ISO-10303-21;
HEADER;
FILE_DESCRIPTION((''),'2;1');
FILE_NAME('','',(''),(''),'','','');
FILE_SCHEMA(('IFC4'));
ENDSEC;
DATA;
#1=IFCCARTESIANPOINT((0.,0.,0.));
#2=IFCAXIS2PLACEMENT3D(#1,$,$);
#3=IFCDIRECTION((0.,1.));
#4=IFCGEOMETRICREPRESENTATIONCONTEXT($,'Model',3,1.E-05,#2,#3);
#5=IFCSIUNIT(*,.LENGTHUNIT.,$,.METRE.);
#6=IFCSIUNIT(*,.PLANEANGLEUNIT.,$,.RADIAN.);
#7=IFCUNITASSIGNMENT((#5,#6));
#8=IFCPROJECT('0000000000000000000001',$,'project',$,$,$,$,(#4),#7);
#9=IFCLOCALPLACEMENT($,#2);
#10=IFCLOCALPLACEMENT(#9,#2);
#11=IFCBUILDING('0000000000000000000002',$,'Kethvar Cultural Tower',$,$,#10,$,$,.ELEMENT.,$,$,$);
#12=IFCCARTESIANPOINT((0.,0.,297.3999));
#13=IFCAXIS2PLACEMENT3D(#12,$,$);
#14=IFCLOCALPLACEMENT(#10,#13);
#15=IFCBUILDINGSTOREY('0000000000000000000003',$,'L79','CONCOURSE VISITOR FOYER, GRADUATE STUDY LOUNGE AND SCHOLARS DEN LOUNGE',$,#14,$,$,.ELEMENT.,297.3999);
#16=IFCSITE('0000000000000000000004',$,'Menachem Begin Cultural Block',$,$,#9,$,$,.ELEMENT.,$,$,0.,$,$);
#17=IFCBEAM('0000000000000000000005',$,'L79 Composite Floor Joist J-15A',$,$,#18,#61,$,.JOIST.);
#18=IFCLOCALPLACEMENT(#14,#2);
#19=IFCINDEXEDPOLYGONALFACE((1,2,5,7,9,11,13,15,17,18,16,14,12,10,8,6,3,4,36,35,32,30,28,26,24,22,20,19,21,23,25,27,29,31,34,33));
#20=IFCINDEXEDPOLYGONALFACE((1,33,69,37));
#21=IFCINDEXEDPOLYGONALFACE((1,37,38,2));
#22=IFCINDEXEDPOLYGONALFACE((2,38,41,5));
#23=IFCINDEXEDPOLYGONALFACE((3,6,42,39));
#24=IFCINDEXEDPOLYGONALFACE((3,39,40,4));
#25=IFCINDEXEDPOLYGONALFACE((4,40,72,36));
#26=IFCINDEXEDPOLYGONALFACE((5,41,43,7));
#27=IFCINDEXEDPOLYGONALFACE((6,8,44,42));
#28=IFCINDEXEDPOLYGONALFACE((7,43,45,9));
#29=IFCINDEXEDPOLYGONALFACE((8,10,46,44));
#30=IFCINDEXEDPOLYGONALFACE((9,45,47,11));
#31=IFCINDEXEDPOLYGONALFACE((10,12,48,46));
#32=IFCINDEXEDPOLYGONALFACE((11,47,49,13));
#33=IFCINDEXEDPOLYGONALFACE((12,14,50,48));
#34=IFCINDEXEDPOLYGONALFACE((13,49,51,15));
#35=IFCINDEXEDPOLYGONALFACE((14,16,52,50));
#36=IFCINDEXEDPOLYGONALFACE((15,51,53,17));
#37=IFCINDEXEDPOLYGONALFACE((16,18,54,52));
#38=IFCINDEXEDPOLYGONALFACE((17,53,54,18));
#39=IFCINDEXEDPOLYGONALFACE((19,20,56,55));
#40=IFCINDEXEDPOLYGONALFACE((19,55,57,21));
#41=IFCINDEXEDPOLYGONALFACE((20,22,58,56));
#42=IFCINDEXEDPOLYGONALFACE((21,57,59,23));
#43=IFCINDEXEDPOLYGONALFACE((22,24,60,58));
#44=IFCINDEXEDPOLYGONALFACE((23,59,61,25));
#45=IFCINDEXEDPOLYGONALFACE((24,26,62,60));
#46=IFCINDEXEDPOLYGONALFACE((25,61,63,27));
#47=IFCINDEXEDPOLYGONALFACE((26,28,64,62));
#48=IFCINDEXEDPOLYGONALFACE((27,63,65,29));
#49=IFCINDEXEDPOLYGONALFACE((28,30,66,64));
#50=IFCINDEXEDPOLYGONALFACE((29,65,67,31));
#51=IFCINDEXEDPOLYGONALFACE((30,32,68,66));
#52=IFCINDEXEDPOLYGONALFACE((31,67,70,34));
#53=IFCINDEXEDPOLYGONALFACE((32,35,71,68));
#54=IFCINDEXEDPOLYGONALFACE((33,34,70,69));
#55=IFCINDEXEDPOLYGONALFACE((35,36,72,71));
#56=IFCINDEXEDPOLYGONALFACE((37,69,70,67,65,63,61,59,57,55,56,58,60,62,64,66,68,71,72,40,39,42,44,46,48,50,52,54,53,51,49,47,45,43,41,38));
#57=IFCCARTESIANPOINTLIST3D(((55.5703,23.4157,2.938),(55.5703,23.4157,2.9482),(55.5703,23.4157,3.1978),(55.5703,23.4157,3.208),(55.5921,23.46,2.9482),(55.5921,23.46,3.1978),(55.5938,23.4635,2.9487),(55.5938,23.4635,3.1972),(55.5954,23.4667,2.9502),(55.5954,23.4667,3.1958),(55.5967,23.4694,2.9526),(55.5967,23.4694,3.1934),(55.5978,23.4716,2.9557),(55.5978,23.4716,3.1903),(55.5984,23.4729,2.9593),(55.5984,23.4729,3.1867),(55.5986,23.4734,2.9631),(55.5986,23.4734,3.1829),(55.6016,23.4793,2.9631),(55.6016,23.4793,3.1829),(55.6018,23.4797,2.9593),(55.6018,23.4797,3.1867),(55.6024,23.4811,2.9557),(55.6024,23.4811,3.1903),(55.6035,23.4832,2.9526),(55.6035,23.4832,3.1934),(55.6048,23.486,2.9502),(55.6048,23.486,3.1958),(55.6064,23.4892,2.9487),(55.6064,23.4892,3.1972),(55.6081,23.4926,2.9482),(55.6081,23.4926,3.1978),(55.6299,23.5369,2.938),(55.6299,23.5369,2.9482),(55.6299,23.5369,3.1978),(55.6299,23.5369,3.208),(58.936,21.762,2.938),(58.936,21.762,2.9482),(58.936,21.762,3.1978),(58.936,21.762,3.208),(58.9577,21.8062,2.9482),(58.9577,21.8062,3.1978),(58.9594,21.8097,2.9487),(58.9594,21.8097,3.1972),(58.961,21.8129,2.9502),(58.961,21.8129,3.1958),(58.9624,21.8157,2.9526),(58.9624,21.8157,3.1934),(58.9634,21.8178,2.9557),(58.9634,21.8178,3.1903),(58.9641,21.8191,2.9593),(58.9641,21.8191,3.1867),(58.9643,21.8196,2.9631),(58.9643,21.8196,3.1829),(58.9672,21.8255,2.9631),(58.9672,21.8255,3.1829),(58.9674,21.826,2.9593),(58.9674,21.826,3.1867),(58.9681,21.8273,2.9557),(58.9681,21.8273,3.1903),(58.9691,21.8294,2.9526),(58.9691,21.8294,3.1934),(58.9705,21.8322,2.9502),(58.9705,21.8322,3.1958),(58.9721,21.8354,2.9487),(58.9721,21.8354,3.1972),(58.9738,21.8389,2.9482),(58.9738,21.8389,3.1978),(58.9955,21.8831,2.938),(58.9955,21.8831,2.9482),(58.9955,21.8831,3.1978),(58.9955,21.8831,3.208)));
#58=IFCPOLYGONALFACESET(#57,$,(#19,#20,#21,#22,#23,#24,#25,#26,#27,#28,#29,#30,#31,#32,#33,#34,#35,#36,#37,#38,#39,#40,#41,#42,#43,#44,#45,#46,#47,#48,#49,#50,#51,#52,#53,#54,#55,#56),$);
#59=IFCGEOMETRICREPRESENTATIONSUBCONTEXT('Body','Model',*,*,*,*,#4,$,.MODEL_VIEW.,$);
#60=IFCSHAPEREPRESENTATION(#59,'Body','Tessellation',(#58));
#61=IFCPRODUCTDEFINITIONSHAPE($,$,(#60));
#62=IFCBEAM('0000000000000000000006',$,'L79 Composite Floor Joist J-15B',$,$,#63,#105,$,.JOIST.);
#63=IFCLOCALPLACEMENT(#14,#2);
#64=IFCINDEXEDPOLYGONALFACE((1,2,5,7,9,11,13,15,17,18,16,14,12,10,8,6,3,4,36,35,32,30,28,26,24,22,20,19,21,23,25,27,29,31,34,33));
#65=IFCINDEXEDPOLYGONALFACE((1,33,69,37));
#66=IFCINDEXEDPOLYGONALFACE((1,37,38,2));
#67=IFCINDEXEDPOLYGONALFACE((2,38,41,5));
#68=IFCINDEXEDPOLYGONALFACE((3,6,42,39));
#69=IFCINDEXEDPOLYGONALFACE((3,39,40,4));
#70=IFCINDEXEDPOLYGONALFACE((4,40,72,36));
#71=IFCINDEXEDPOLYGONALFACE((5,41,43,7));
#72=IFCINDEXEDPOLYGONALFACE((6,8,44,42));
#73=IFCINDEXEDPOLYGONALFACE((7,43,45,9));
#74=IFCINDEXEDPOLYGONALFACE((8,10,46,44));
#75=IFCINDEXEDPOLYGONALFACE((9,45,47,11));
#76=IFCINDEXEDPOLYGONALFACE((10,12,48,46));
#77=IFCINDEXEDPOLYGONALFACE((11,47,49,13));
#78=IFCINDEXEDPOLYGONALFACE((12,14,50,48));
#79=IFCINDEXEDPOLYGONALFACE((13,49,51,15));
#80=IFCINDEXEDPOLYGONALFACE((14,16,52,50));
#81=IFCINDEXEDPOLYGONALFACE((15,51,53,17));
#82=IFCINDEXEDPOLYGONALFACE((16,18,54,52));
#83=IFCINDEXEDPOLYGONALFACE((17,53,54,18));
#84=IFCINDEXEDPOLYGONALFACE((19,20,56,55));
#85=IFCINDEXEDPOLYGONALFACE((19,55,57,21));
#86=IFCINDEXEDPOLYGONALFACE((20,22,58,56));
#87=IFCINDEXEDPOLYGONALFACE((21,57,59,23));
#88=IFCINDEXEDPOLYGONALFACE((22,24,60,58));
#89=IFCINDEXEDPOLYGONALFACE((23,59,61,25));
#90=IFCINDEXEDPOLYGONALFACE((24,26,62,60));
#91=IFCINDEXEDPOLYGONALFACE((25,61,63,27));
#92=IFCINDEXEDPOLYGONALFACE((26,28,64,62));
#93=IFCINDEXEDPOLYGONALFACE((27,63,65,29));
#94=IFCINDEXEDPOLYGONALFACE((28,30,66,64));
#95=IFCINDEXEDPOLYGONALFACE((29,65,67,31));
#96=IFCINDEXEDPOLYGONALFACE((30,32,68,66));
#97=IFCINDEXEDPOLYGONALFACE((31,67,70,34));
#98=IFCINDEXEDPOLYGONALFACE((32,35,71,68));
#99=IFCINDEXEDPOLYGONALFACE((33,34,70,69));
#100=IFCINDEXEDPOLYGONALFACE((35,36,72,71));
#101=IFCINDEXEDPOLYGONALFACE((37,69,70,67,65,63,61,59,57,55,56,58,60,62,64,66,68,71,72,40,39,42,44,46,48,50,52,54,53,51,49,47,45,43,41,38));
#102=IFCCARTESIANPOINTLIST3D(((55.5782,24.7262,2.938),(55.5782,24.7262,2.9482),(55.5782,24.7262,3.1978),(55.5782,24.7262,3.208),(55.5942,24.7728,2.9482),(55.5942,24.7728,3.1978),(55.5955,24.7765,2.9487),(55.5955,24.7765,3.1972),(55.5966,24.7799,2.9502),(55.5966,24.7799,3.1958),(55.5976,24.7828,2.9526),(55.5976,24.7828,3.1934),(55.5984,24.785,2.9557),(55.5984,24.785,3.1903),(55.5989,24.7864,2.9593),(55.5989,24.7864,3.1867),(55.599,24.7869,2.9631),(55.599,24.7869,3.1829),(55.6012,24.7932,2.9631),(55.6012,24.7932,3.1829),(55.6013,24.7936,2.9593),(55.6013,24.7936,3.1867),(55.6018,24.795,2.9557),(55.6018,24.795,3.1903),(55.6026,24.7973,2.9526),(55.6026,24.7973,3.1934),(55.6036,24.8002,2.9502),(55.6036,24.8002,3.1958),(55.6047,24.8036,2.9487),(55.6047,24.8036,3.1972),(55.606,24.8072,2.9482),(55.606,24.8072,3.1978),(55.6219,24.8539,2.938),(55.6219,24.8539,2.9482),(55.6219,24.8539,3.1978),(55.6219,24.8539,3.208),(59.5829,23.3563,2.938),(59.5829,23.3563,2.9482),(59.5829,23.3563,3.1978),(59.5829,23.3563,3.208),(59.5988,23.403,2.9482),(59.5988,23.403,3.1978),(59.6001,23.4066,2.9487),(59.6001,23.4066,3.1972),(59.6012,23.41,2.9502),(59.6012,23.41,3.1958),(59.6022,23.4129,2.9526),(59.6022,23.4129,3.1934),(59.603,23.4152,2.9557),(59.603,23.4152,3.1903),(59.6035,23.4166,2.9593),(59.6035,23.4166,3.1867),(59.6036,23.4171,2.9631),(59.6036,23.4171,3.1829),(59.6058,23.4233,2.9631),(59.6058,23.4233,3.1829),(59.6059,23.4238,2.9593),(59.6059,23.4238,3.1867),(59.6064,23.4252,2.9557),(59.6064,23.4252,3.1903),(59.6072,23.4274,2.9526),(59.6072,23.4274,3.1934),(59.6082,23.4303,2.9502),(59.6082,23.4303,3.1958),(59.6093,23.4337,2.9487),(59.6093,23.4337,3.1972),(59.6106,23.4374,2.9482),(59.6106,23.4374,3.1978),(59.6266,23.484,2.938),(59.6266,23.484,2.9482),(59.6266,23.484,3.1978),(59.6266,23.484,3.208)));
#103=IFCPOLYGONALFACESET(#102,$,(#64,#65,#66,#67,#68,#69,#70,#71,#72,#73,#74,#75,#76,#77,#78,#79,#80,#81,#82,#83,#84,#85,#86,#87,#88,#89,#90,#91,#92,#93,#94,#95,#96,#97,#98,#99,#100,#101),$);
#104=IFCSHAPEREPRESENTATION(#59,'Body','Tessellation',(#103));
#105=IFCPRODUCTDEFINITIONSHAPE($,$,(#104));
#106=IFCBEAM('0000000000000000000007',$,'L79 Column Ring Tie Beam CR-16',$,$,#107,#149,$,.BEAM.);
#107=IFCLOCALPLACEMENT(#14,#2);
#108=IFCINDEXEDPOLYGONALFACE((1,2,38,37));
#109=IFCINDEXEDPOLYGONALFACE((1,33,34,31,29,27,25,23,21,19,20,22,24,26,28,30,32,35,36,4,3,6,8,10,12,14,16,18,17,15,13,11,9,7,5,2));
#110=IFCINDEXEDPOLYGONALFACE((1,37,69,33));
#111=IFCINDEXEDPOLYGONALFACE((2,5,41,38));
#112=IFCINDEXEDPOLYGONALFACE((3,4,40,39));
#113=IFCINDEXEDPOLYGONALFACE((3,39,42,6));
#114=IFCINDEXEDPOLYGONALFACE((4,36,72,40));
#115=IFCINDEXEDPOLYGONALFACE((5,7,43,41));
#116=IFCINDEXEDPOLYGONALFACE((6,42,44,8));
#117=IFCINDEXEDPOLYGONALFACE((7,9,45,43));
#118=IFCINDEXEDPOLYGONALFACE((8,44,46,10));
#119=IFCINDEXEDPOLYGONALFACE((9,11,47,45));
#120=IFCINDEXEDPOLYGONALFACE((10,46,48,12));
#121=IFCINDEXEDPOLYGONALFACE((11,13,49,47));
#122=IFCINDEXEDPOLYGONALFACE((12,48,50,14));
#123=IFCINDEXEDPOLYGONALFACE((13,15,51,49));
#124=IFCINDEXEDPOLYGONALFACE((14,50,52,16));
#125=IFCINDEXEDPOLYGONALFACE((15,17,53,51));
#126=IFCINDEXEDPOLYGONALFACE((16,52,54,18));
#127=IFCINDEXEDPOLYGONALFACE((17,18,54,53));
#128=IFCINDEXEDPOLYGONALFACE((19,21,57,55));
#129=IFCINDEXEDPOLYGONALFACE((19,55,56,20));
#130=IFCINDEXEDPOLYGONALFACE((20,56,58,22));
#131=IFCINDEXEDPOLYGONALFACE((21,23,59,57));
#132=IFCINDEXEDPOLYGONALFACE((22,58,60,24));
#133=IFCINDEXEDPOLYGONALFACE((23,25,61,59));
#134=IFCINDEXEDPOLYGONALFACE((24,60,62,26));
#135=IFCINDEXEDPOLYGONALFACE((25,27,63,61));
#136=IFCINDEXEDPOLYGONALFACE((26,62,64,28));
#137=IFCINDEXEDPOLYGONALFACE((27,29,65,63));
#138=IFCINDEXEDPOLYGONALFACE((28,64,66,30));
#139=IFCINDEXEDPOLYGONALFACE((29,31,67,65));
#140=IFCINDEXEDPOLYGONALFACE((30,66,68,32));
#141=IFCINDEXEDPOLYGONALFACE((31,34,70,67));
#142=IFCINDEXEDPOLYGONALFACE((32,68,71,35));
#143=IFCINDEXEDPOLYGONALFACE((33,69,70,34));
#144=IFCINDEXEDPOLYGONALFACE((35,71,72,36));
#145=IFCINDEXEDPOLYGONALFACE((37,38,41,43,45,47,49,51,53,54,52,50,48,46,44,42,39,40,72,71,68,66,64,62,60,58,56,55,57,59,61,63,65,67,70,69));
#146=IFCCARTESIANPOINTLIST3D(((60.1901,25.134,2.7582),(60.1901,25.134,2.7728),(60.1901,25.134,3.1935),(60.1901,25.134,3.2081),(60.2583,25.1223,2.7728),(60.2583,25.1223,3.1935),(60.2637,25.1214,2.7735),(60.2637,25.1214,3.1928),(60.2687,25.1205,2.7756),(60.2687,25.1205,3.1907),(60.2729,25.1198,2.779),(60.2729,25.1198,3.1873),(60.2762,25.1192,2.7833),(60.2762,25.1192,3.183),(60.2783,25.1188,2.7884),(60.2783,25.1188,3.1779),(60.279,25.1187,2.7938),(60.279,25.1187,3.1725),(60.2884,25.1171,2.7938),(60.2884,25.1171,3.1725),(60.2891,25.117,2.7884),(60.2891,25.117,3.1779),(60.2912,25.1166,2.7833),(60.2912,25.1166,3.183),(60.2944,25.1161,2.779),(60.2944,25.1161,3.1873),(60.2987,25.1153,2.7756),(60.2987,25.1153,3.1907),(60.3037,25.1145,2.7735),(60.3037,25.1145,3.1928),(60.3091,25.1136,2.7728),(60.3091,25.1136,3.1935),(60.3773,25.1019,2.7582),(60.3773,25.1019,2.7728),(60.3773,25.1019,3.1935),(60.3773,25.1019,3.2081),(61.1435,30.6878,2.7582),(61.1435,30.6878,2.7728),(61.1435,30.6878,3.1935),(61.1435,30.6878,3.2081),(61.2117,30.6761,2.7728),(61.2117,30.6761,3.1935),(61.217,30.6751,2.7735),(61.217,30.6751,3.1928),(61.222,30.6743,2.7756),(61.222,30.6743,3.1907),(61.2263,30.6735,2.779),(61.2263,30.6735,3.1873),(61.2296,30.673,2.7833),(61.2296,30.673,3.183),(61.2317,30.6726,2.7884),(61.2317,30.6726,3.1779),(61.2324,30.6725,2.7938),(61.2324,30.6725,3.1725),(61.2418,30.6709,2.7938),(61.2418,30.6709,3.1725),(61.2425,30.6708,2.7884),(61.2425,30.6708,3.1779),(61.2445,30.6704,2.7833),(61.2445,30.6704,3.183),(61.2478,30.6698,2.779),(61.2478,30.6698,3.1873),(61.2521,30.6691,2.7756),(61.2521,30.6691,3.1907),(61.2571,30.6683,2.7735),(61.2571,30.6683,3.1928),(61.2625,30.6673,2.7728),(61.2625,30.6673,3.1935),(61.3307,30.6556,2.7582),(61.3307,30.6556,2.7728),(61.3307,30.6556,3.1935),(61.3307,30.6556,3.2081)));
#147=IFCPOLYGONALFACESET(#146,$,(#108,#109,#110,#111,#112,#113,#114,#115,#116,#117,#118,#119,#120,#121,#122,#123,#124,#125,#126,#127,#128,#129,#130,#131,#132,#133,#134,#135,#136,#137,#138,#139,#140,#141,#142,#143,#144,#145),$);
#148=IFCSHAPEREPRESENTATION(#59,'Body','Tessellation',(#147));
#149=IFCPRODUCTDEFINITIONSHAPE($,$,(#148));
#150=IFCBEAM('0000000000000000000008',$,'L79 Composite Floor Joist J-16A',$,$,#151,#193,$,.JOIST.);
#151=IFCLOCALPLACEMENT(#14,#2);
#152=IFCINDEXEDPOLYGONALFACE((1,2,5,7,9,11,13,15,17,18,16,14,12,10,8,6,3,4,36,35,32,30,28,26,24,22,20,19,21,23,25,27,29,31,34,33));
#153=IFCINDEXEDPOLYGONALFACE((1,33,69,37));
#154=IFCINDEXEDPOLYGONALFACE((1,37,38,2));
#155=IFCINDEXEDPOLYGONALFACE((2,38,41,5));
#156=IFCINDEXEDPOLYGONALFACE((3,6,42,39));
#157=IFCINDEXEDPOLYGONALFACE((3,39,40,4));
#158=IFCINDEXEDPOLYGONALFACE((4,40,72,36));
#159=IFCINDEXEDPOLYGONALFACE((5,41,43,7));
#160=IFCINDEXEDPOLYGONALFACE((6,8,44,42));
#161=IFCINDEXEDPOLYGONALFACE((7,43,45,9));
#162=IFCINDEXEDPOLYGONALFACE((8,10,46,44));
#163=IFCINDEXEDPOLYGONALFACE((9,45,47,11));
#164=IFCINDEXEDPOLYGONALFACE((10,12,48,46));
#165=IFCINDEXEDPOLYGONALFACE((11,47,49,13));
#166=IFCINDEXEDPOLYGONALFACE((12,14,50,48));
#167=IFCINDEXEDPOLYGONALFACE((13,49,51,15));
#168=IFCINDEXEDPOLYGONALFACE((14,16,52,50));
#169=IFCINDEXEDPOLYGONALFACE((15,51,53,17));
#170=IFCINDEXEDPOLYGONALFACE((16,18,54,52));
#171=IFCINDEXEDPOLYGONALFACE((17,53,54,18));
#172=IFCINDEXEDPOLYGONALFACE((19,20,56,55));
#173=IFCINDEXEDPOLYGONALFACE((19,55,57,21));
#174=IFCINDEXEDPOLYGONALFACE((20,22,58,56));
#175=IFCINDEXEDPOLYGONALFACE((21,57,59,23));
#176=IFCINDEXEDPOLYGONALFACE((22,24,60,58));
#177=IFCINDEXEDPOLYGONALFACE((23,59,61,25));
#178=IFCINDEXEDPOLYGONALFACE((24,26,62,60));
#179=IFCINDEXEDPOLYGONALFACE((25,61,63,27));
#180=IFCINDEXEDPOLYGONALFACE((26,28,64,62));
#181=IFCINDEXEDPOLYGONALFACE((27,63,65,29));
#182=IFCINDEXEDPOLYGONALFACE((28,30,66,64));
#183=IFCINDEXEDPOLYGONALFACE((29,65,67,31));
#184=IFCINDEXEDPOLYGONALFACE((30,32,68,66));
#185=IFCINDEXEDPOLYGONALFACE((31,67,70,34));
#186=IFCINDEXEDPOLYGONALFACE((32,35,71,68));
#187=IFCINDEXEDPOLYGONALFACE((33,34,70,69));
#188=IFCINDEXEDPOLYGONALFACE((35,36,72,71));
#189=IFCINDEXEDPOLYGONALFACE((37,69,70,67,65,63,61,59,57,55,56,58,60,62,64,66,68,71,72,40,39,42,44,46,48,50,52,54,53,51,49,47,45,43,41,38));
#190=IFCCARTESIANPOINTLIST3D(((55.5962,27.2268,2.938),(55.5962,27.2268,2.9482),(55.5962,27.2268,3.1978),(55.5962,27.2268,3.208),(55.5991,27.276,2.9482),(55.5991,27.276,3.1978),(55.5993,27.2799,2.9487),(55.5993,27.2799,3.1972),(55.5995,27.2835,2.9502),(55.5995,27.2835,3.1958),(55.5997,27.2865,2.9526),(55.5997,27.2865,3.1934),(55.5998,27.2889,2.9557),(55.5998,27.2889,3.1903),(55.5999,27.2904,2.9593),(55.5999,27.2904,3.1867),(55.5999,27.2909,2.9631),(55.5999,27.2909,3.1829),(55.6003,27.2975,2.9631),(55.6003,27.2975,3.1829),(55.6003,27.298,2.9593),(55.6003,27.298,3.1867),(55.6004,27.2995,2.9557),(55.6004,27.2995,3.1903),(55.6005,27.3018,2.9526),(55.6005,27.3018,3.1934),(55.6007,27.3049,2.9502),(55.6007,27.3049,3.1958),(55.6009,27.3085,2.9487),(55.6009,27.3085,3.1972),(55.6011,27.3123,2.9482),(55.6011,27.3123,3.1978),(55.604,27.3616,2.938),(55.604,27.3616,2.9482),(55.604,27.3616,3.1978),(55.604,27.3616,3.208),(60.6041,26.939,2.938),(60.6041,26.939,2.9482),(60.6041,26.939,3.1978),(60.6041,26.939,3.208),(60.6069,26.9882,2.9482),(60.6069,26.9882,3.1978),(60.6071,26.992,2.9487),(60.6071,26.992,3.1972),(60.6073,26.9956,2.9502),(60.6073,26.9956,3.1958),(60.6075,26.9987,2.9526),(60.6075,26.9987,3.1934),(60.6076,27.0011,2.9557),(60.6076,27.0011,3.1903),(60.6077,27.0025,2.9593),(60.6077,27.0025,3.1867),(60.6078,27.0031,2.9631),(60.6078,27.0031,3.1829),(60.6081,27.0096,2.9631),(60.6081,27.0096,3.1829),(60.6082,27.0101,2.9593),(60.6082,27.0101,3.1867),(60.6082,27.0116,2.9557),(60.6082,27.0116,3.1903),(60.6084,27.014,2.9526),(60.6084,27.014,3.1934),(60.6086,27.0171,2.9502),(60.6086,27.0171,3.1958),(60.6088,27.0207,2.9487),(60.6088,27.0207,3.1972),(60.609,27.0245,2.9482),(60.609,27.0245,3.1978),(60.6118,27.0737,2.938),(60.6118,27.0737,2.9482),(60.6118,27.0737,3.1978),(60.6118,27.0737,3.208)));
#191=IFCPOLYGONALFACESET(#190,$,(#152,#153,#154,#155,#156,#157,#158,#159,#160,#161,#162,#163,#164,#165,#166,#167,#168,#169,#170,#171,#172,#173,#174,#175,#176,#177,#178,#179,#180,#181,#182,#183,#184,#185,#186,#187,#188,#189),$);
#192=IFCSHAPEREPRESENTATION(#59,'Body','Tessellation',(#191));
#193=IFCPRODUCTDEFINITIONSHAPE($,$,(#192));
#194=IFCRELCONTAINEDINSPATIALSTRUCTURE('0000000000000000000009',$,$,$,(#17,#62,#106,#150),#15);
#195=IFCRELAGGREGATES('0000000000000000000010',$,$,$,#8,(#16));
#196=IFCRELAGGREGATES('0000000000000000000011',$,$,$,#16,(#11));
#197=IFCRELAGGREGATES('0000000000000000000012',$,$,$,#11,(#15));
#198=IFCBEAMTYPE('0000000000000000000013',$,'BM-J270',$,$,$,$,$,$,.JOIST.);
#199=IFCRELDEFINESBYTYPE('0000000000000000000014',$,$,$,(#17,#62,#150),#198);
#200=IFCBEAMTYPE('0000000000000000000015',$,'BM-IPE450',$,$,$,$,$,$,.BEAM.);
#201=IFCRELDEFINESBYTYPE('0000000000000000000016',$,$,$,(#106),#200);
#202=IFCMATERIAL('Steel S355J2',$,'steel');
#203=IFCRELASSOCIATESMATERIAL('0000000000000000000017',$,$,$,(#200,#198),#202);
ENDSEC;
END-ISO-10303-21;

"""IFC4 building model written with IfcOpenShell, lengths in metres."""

from ifc_helpers import new_model, si_unit, direction, frame, origin, origin_2d, place, context, subcontext, project, spatial, i_section, extrude, source, transform, mapped, material, material_profile, profile_set, type_object, element, save


model = new_model("IFC4")

# Units and contexts
model_context = context("Model", 3, precision=1e-05, world=origin(), true_north=direction((0.0, 1.0)))
body_context = subcontext(model_context, "Body", "Model", "MODEL_VIEW")
ifc_project = project(units=[si_unit("LENGTHUNIT", "METRE"), si_unit("PLANEANGLEUNIT", "RADIAN")], contexts=[model_context])

# Site, building, storey
site_placement = place(None, origin())
site = spatial("IfcSite", under=ifc_project, at=site_placement, Name="Menachem Begin Cultural Block", CompositionType="ELEMENT", RefElevation=0.0)
building_placement = place(site_placement, origin())
building = spatial("IfcBuilding", under=site, at=building_placement, Name="Kethvar Cultural Tower", CompositionType="ELEMENT")
storey_placement = place(building_placement, frame((0.0, 0.0, 297.3999)))
storey = spatial("IfcBuildingStorey", under=building, at=storey_placement, Name="L79", Description="CONCOURSE VISITOR FOYER, GRADUATE STUDY LOUNGE AND SCHOLARS DEN LOUNGE", CompositionType="ELEMENT", Elevation=297.3999)

# Shared definitions
ifc_material_1 = material(Name="Steel S355J2", Category="steel")

# Beams
ifc_material_profile_1 = material_profile(ifc_material_1, i_section(OverallWidth=0.1899, OverallDepth=0.45, WebThickness=0.0095, FlangeThickness=0.0146, FilletRadius=0.021, at=origin_2d()), Name="Steel S355J2 — IPE450")
ifc_profile_set_1 = profile_set([ifc_material_profile_1], Name="Steel S355J2 — IPE450")
beam_type_1 = type_object("IfcBeamType", Name="BM-IPE450", PredefinedType="BEAM", material=ifc_profile_set_1)
ifc_material_profile_2 = material_profile(ifc_material_1, i_section(OverallWidth=0.135, OverallDepth=0.27, WebThickness=0.0066, FlangeThickness=0.0103, FilletRadius=0.0149, at=origin_2d()), Name="Steel S355J2 — IPE270")
ifc_profile_set_2 = profile_set([ifc_material_profile_2], Name="Steel S355J2 — IPE270")
beam_type_2 = type_object("IfcBeamType", Name="BM-J270", PredefinedType="JOIST", material=ifc_profile_set_2)
shared_shape_1 = source(origin(), body_context, "Body", "SweptSolid", [
    extrude(i_section(OverallWidth=0.135, OverallDepth=0.27, WebThickness=0.0066, FlangeThickness=0.0103, FilletRadius=0.0149, at=origin_2d()), origin(), (0.0, 0.0, 1.0), 3.75),
])
beam_1_placement = place(storey_placement, frame((55.6001, 23.4763, 3.073), z_axis=(0.897505, -0.441005, 0.0), x_axis=(0.441005, 0.897505, 0.0)))
element("IfcBeam", 1, at=beam_1_placement, inside=storey, type_object=beam_type_2, Name="L79 Composite Floor Joist J-15A", PredefinedType="JOIST", context=body_context, shape_type="MappedRepresentation", body=[
    mapped(shared_shape_1, transform((0.0, 0.0, 0.0), scale=1.0)),
])
shared_shape_2 = source(origin(), body_context, "Body", "SweptSolid", [
    extrude(i_section(OverallWidth=0.135, OverallDepth=0.27, WebThickness=0.0066, FlangeThickness=0.0103, FilletRadius=0.0149, at=origin_2d()), origin(), (0.0, 0.0, 1.0), 4.2324),
])
beam_2_placement = place(storey_placement, frame((55.6001, 24.79, 3.073), z_axis=(0.946174, -0.323659, 0.0), x_axis=(0.323659, 0.946174, 0.0)))
element("IfcBeam", 2, at=beam_2_placement, inside=storey, type_object=beam_type_2, Name="L79 Composite Floor Joist J-15B", PredefinedType="JOIST", context=body_context, shape_type="MappedRepresentation", body=[
    mapped(shared_shape_2, transform((0.0, 0.0, 0.0), scale=1.0)),
])
shared_shape_3 = source(origin(), body_context, "Body", "SweptSolid", [
    extrude(i_section(OverallWidth=0.1899, OverallDepth=0.45, WebThickness=0.0095, FlangeThickness=0.0146, FilletRadius=0.021, at=origin_2d()), origin(), (0.0, 0.0, 1.0), 5.635),
])
beam_3_placement = place(storey_placement, frame((60.2837, 25.1179, 2.9832), z_axis=(0.169189, 0.985584, 0.0), x_axis=(-0.985584, 0.169189, 0.0)))
element("IfcBeam", 3, at=beam_3_placement, inside=storey, type_object=beam_type_1, Name="L79 Column Ring Tie Beam CR-16", PredefinedType="BEAM", context=body_context, shape_type="MappedRepresentation", body=[
    mapped(shared_shape_3, transform((0.0, 0.0, 0.0), scale=1.0)),
])
shared_shape_4 = source(origin(), body_context, "Body", "SweptSolid", [
    extrude(i_section(OverallWidth=0.135, OverallDepth=0.27, WebThickness=0.0066, FlangeThickness=0.0103, FilletRadius=0.0149, at=origin_2d()), origin(), (0.0, 0.0, 1.0), 5.0161),
])
beam_4_placement = place(storey_placement, frame((55.6001, 27.2942, 3.073), z_axis=(0.998352, -0.057384, 0.0), x_axis=(0.057384, 0.998352, 0.0)))
element("IfcBeam", 4, at=beam_4_placement, inside=storey, type_object=beam_type_2, Name="L79 Composite Floor Joist J-16A", PredefinedType="JOIST", context=body_context, shape_type="MappedRepresentation", body=[
    mapped(shared_shape_4, transform((0.0, 0.0, 0.0), scale=1.0)),
])

save(model, "model.ifc")
